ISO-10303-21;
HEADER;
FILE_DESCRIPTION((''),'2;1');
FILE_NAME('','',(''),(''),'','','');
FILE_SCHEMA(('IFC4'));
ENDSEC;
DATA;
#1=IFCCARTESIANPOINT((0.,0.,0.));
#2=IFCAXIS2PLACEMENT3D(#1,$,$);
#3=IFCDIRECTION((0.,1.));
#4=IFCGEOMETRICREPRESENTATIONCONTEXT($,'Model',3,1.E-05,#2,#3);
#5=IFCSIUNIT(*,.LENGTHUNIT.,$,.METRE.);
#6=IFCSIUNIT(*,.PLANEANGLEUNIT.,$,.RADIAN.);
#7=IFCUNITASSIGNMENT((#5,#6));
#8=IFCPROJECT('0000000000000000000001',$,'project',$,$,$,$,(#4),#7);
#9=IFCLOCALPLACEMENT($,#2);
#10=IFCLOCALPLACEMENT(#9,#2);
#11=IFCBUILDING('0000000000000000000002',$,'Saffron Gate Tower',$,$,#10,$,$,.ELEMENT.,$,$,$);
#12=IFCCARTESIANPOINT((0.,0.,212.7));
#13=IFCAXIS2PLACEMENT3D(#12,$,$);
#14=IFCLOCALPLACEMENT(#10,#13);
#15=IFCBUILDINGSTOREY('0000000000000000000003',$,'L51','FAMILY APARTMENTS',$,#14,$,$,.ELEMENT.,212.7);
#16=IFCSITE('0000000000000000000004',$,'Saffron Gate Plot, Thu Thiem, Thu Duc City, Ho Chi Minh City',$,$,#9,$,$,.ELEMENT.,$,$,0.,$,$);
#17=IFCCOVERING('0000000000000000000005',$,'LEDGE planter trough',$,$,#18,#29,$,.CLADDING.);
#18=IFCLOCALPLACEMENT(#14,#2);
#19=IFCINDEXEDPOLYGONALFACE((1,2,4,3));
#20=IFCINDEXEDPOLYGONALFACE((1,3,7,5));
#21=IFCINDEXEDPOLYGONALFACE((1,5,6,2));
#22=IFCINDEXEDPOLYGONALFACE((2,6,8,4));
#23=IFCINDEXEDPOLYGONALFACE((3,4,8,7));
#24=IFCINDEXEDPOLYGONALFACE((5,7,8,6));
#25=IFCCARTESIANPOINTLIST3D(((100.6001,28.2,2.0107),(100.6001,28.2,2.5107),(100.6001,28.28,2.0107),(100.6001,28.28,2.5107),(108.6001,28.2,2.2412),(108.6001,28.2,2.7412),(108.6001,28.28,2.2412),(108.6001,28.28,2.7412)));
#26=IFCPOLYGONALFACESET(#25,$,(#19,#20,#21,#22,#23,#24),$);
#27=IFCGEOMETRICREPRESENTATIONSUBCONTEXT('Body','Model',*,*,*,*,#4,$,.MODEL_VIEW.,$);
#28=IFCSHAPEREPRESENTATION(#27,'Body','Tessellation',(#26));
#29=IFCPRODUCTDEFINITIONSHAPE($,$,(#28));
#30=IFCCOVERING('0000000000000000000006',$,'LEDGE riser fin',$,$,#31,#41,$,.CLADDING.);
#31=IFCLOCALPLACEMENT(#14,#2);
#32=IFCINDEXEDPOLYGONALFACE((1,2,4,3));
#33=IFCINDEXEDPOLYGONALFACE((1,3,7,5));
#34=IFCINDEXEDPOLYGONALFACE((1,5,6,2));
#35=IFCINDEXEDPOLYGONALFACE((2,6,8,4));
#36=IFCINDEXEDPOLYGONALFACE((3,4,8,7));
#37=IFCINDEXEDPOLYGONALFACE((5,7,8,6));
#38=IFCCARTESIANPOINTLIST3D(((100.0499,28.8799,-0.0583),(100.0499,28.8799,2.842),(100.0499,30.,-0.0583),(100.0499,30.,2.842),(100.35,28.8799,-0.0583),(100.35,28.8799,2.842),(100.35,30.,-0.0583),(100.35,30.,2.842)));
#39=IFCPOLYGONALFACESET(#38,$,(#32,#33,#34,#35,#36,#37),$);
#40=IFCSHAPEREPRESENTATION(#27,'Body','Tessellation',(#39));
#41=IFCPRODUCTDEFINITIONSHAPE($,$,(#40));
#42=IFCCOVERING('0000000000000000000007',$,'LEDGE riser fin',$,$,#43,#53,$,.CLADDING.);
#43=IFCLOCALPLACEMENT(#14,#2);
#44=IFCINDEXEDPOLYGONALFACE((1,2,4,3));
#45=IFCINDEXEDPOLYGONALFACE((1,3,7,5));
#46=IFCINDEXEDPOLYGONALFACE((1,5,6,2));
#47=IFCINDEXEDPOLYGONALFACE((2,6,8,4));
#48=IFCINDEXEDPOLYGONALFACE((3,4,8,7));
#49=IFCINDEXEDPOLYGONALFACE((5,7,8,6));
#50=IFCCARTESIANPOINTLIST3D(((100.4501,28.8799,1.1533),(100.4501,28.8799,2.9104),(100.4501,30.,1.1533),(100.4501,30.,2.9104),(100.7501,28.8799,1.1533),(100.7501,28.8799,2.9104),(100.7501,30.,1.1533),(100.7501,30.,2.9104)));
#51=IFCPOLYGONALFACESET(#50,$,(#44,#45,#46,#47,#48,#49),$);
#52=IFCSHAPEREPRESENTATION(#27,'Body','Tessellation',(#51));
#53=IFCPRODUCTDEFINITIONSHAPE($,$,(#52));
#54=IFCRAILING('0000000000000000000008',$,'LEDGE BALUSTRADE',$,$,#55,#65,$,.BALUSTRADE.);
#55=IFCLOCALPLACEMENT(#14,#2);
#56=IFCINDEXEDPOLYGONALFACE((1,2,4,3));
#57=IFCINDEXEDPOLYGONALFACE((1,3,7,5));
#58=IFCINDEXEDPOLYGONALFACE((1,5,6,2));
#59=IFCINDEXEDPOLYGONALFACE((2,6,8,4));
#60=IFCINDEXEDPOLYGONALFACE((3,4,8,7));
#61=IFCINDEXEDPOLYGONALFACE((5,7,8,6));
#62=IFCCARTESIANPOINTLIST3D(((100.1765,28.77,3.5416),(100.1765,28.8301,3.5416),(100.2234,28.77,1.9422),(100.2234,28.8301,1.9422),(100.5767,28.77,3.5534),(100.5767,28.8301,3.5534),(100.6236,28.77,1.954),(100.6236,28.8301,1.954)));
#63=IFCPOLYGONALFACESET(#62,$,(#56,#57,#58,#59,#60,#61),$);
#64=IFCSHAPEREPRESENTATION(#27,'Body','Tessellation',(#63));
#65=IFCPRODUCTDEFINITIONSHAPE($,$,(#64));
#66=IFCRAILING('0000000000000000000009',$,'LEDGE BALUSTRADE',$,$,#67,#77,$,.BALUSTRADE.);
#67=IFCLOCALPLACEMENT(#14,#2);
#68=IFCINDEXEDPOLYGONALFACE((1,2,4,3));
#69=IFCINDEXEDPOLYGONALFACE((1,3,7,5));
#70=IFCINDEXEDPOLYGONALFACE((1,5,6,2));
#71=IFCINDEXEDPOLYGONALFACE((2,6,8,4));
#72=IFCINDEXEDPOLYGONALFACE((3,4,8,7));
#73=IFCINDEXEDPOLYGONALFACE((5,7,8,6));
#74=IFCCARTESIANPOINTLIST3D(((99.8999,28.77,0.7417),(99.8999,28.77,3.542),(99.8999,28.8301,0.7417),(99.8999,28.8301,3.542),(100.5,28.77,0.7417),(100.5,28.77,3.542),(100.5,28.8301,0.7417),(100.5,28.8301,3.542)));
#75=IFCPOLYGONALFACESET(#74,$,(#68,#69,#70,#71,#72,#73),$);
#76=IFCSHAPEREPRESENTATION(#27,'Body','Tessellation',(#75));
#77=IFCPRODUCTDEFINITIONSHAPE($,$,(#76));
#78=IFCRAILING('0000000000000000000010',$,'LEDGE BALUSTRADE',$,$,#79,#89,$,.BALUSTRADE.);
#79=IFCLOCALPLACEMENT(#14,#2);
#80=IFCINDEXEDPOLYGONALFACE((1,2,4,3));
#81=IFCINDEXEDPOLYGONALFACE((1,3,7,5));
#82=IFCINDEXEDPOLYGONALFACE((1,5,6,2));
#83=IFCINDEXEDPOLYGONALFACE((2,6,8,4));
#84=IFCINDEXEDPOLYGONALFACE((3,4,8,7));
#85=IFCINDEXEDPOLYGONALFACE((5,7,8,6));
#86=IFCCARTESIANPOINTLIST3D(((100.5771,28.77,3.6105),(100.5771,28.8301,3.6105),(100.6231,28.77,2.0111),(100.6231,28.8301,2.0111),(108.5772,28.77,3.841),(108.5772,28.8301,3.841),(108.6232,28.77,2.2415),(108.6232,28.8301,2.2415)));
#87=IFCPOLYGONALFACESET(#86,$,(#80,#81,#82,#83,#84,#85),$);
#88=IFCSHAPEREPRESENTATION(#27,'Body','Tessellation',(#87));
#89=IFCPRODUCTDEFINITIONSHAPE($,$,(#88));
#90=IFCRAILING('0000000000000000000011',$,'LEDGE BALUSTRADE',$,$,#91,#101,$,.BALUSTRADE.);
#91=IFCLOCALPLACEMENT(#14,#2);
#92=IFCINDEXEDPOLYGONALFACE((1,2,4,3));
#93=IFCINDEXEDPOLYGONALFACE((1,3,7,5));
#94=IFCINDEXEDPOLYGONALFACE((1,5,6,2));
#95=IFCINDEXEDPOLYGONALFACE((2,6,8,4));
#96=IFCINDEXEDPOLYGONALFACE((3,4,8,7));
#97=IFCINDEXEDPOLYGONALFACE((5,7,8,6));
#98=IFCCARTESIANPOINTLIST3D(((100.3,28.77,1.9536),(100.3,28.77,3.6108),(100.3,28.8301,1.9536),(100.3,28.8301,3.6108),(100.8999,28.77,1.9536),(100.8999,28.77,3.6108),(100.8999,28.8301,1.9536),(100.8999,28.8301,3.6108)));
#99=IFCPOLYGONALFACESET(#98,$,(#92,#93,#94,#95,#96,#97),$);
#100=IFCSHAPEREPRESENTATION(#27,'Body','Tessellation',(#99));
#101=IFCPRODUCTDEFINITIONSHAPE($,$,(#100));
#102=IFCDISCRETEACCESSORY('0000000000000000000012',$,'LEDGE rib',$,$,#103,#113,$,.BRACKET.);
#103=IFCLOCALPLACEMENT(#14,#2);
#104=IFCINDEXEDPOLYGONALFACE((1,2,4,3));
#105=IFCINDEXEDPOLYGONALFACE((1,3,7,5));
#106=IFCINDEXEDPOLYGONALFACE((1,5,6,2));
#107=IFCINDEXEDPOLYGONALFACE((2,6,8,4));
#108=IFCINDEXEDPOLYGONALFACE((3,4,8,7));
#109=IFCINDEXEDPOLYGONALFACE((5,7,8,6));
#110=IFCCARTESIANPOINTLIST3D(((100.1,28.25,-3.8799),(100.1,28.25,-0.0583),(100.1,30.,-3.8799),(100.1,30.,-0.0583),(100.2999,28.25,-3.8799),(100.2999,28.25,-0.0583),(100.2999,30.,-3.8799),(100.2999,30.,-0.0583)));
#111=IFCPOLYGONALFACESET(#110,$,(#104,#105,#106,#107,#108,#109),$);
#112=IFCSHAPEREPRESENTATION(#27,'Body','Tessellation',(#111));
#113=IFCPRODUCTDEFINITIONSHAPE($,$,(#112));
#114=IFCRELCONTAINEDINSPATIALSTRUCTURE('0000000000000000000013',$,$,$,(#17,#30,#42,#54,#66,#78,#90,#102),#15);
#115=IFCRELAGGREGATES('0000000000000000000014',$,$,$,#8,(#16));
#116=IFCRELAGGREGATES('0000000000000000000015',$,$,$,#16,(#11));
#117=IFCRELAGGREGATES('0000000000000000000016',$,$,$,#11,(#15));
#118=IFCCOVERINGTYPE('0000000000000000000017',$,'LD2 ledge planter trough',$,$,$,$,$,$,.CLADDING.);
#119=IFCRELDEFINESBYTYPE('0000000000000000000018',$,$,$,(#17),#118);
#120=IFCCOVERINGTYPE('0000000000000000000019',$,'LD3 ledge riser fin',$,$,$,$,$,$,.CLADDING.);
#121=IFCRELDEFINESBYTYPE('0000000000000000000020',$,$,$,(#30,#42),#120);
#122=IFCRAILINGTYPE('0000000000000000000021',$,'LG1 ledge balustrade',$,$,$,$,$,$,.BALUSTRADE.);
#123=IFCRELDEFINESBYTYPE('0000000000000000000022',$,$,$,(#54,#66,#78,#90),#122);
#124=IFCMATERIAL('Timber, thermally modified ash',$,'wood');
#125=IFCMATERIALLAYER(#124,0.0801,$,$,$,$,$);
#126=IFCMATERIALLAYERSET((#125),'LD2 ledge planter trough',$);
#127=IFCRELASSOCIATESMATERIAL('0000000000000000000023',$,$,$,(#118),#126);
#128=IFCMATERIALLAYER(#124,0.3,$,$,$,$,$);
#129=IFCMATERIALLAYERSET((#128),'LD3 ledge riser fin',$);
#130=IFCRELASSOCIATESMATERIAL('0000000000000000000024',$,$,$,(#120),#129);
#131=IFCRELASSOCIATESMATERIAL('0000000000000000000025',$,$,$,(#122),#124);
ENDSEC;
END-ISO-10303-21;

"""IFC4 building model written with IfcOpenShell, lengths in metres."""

from ifc_helpers import new_model, si_unit, direction, frame, origin, origin_2d, place, context, subcontext, project, spatial, polyline, rectangle, outline, extrude, material, layer, layer_set, type_object, element, save


model = new_model("IFC4")

# Units and contexts
model_context = context("Model", 3, precision=1e-05, world=origin(), true_north=direction((0.0, 1.0)))
body_context = subcontext(model_context, "Body", "Model", "MODEL_VIEW")
ifc_project = project(units=[si_unit("LENGTHUNIT", "METRE"), si_unit("PLANEANGLEUNIT", "RADIAN")], contexts=[model_context])

# Site, building, storey
site_placement = place(None, origin())
site = spatial("IfcSite", under=ifc_project, at=site_placement, Name="Saffron Gate Plot, Thu Thiem, Thu Duc City, Ho Chi Minh City", CompositionType="ELEMENT", RefElevation=0.0)
building_placement = place(site_placement, origin())
building = spatial("IfcBuilding", under=site, at=building_placement, Name="Saffron Gate Tower", CompositionType="ELEMENT")
storey_placement = place(building_placement, frame((0.0, 0.0, 212.7)))
storey = spatial("IfcBuildingStorey", under=building, at=storey_placement, Name="L51", Description="FAMILY APARTMENTS", CompositionType="ELEMENT", Elevation=212.7)

# Coverings
ifc_material_1 = material(Name="Timber, thermally modified ash", Category="wood")
ifc_layer_1 = layer(ifc_material_1, 0.0801)
ifc_layer_set_1 = layer_set([ifc_layer_1], Name="LD2 ledge planter trough")
covering_type_1 = type_object("IfcCoveringType", Name="LD2 ledge planter trough", PredefinedType="CLADDING", material=ifc_layer_set_1)
covering_1_placement = place(storey_placement, frame((100.6001, 28.2, 2.0107), z_axis=(0.0, -1.0, 0.0), x_axis=(0.999585, 0.0, 0.028797)))
element("IfcCovering", 1, at=covering_1_placement, inside=storey, type_object=covering_type_1, Name="LEDGE planter trough", PredefinedType="CLADDING", context=body_context, shape_type="SweptSolid", body=[
    extrude(outline(polyline([(0.0, 0.0), (8.0033, 0.0), (8.0177, 0.4998), (0.0144, 0.4998), (0.0, 0.0)])), origin(), (0.0, 0.0, -1.0), 0.0801),
])
ifc_layer_2 = layer(ifc_material_1, 0.3)
ifc_layer_set_2 = layer_set([ifc_layer_2], Name="LD3 ledge riser fin")
covering_type_2 = type_object("IfcCoveringType", Name="LD3 ledge riser fin", PredefinedType="CLADDING", material=ifc_layer_set_2)
covering_2_placement = place(storey_placement, frame((100.2, 29.4399, -0.0583), z_axis=(0.0, 0.0, 1.0), x_axis=(1.0, 0.0, 0.0)))
element("IfcCovering", 2, at=covering_2_placement, inside=storey, type_object=covering_type_2, Name="LEDGE riser fin", PredefinedType="CLADDING", context=body_context, shape_type="SweptSolid", body=[
    extrude(rectangle(XDim=0.3, YDim=1.1201, at=origin_2d()), origin(), (0.0, 0.0, 1.0), 2.9004),
])
covering_3_placement = place(storey_placement, frame((100.6001, 29.4399, 1.1533), z_axis=(0.0, 0.0, 1.0), x_axis=(1.0, 0.0, 0.0)))
element("IfcCovering", 3, at=covering_3_placement, inside=storey, type_object=covering_type_2, Name="LEDGE riser fin", PredefinedType="CLADDING", context=body_context, shape_type="SweptSolid", body=[
    extrude(rectangle(XDim=0.3, YDim=1.1201, at=origin_2d()), origin(), (0.0, 0.0, 1.0), 1.7571),
])

# Railings
railing_type = type_object("IfcRailingType", Name="LG1 ledge balustrade", PredefinedType="BALUSTRADE", material=ifc_material_1)
railing_1_placement = place(storey_placement, frame((100.2, 28.8, 1.9419)))
element("IfcRailing", 4, at=railing_1_placement, inside=storey, type_object=railing_type, Name="LEDGE BALUSTRADE", PredefinedType="BALUSTRADE", context=body_context, shape_type="SweptSolid", body=[
    extrude(rectangle(XDim=0.0601, YDim=1.6001, at=origin_2d()), frame((0.0, 0.0, 0.8), z_axis=(0.999571, 0.0, 0.029274), x_axis=(0.0, 1.0, 0.0)), (0.0, 0.0, 1.0), 0.4004),
])
railing_2_placement = place(storey_placement, frame((99.8999, 28.8, 0.7417)))
element("IfcRailing", 5, at=railing_2_placement, inside=storey, type_object=railing_type, Name="LEDGE BALUSTRADE", PredefinedType="BALUSTRADE", context=body_context, shape_type="SweptSolid", body=[
    extrude(rectangle(XDim=0.0601, YDim=2.8003, at=origin_2d()), frame((0.0, 0.0, 1.4001), z_axis=(1.0, 0.0, 0.0), x_axis=(0.0, 1.0, 0.0)), (0.0, 0.0, 1.0), 0.6001),
])
railing_3_placement = place(storey_placement, frame((100.6001, 28.8, 2.0107)))
element("IfcRailing", 6, at=railing_3_placement, inside=storey, type_object=railing_type, Name="LEDGE BALUSTRADE", PredefinedType="BALUSTRADE", context=body_context, shape_type="SweptSolid", body=[
    extrude(rectangle(XDim=0.0601, YDim=1.6001, at=origin_2d()), frame((0.0, 0.0, 0.8), z_axis=(0.999585, 0.0, 0.028797), x_axis=(0.0, 1.0, 0.0)), (0.0, 0.0, 1.0), 8.0034),
])
railing_4_placement = place(storey_placement, frame((100.3, 28.8, 1.9536)))
element("IfcRailing", 7, at=railing_4_placement, inside=storey, type_object=railing_type, Name="LEDGE BALUSTRADE", PredefinedType="BALUSTRADE", context=body_context, shape_type="SweptSolid", body=[
    extrude(rectangle(XDim=0.0601, YDim=1.6572, at=origin_2d()), frame((0.0, 0.0, 0.8286), z_axis=(1.0, 0.0, 0.0), x_axis=(0.0, 1.0, 0.0)), (0.0, 0.0, 1.0), 0.5999),
])

# Discrete accessory
discrete_accessory_placement = place(storey_placement, frame((100.2, 29.125, -3.8799), z_axis=(0.0, 0.0, 1.0), x_axis=(1.0, 0.0, 0.0)))
element("IfcDiscreteAccessory", 8, at=discrete_accessory_placement, inside=storey, Name="LEDGE rib", PredefinedType="BRACKET", context=body_context, shape_type="SweptSolid", body=[
    extrude(rectangle(XDim=0.2, YDim=1.75, at=origin_2d()), origin(), (0.0, 0.0, 1.0), 3.8215),
])

save(model, "model.ifc")
